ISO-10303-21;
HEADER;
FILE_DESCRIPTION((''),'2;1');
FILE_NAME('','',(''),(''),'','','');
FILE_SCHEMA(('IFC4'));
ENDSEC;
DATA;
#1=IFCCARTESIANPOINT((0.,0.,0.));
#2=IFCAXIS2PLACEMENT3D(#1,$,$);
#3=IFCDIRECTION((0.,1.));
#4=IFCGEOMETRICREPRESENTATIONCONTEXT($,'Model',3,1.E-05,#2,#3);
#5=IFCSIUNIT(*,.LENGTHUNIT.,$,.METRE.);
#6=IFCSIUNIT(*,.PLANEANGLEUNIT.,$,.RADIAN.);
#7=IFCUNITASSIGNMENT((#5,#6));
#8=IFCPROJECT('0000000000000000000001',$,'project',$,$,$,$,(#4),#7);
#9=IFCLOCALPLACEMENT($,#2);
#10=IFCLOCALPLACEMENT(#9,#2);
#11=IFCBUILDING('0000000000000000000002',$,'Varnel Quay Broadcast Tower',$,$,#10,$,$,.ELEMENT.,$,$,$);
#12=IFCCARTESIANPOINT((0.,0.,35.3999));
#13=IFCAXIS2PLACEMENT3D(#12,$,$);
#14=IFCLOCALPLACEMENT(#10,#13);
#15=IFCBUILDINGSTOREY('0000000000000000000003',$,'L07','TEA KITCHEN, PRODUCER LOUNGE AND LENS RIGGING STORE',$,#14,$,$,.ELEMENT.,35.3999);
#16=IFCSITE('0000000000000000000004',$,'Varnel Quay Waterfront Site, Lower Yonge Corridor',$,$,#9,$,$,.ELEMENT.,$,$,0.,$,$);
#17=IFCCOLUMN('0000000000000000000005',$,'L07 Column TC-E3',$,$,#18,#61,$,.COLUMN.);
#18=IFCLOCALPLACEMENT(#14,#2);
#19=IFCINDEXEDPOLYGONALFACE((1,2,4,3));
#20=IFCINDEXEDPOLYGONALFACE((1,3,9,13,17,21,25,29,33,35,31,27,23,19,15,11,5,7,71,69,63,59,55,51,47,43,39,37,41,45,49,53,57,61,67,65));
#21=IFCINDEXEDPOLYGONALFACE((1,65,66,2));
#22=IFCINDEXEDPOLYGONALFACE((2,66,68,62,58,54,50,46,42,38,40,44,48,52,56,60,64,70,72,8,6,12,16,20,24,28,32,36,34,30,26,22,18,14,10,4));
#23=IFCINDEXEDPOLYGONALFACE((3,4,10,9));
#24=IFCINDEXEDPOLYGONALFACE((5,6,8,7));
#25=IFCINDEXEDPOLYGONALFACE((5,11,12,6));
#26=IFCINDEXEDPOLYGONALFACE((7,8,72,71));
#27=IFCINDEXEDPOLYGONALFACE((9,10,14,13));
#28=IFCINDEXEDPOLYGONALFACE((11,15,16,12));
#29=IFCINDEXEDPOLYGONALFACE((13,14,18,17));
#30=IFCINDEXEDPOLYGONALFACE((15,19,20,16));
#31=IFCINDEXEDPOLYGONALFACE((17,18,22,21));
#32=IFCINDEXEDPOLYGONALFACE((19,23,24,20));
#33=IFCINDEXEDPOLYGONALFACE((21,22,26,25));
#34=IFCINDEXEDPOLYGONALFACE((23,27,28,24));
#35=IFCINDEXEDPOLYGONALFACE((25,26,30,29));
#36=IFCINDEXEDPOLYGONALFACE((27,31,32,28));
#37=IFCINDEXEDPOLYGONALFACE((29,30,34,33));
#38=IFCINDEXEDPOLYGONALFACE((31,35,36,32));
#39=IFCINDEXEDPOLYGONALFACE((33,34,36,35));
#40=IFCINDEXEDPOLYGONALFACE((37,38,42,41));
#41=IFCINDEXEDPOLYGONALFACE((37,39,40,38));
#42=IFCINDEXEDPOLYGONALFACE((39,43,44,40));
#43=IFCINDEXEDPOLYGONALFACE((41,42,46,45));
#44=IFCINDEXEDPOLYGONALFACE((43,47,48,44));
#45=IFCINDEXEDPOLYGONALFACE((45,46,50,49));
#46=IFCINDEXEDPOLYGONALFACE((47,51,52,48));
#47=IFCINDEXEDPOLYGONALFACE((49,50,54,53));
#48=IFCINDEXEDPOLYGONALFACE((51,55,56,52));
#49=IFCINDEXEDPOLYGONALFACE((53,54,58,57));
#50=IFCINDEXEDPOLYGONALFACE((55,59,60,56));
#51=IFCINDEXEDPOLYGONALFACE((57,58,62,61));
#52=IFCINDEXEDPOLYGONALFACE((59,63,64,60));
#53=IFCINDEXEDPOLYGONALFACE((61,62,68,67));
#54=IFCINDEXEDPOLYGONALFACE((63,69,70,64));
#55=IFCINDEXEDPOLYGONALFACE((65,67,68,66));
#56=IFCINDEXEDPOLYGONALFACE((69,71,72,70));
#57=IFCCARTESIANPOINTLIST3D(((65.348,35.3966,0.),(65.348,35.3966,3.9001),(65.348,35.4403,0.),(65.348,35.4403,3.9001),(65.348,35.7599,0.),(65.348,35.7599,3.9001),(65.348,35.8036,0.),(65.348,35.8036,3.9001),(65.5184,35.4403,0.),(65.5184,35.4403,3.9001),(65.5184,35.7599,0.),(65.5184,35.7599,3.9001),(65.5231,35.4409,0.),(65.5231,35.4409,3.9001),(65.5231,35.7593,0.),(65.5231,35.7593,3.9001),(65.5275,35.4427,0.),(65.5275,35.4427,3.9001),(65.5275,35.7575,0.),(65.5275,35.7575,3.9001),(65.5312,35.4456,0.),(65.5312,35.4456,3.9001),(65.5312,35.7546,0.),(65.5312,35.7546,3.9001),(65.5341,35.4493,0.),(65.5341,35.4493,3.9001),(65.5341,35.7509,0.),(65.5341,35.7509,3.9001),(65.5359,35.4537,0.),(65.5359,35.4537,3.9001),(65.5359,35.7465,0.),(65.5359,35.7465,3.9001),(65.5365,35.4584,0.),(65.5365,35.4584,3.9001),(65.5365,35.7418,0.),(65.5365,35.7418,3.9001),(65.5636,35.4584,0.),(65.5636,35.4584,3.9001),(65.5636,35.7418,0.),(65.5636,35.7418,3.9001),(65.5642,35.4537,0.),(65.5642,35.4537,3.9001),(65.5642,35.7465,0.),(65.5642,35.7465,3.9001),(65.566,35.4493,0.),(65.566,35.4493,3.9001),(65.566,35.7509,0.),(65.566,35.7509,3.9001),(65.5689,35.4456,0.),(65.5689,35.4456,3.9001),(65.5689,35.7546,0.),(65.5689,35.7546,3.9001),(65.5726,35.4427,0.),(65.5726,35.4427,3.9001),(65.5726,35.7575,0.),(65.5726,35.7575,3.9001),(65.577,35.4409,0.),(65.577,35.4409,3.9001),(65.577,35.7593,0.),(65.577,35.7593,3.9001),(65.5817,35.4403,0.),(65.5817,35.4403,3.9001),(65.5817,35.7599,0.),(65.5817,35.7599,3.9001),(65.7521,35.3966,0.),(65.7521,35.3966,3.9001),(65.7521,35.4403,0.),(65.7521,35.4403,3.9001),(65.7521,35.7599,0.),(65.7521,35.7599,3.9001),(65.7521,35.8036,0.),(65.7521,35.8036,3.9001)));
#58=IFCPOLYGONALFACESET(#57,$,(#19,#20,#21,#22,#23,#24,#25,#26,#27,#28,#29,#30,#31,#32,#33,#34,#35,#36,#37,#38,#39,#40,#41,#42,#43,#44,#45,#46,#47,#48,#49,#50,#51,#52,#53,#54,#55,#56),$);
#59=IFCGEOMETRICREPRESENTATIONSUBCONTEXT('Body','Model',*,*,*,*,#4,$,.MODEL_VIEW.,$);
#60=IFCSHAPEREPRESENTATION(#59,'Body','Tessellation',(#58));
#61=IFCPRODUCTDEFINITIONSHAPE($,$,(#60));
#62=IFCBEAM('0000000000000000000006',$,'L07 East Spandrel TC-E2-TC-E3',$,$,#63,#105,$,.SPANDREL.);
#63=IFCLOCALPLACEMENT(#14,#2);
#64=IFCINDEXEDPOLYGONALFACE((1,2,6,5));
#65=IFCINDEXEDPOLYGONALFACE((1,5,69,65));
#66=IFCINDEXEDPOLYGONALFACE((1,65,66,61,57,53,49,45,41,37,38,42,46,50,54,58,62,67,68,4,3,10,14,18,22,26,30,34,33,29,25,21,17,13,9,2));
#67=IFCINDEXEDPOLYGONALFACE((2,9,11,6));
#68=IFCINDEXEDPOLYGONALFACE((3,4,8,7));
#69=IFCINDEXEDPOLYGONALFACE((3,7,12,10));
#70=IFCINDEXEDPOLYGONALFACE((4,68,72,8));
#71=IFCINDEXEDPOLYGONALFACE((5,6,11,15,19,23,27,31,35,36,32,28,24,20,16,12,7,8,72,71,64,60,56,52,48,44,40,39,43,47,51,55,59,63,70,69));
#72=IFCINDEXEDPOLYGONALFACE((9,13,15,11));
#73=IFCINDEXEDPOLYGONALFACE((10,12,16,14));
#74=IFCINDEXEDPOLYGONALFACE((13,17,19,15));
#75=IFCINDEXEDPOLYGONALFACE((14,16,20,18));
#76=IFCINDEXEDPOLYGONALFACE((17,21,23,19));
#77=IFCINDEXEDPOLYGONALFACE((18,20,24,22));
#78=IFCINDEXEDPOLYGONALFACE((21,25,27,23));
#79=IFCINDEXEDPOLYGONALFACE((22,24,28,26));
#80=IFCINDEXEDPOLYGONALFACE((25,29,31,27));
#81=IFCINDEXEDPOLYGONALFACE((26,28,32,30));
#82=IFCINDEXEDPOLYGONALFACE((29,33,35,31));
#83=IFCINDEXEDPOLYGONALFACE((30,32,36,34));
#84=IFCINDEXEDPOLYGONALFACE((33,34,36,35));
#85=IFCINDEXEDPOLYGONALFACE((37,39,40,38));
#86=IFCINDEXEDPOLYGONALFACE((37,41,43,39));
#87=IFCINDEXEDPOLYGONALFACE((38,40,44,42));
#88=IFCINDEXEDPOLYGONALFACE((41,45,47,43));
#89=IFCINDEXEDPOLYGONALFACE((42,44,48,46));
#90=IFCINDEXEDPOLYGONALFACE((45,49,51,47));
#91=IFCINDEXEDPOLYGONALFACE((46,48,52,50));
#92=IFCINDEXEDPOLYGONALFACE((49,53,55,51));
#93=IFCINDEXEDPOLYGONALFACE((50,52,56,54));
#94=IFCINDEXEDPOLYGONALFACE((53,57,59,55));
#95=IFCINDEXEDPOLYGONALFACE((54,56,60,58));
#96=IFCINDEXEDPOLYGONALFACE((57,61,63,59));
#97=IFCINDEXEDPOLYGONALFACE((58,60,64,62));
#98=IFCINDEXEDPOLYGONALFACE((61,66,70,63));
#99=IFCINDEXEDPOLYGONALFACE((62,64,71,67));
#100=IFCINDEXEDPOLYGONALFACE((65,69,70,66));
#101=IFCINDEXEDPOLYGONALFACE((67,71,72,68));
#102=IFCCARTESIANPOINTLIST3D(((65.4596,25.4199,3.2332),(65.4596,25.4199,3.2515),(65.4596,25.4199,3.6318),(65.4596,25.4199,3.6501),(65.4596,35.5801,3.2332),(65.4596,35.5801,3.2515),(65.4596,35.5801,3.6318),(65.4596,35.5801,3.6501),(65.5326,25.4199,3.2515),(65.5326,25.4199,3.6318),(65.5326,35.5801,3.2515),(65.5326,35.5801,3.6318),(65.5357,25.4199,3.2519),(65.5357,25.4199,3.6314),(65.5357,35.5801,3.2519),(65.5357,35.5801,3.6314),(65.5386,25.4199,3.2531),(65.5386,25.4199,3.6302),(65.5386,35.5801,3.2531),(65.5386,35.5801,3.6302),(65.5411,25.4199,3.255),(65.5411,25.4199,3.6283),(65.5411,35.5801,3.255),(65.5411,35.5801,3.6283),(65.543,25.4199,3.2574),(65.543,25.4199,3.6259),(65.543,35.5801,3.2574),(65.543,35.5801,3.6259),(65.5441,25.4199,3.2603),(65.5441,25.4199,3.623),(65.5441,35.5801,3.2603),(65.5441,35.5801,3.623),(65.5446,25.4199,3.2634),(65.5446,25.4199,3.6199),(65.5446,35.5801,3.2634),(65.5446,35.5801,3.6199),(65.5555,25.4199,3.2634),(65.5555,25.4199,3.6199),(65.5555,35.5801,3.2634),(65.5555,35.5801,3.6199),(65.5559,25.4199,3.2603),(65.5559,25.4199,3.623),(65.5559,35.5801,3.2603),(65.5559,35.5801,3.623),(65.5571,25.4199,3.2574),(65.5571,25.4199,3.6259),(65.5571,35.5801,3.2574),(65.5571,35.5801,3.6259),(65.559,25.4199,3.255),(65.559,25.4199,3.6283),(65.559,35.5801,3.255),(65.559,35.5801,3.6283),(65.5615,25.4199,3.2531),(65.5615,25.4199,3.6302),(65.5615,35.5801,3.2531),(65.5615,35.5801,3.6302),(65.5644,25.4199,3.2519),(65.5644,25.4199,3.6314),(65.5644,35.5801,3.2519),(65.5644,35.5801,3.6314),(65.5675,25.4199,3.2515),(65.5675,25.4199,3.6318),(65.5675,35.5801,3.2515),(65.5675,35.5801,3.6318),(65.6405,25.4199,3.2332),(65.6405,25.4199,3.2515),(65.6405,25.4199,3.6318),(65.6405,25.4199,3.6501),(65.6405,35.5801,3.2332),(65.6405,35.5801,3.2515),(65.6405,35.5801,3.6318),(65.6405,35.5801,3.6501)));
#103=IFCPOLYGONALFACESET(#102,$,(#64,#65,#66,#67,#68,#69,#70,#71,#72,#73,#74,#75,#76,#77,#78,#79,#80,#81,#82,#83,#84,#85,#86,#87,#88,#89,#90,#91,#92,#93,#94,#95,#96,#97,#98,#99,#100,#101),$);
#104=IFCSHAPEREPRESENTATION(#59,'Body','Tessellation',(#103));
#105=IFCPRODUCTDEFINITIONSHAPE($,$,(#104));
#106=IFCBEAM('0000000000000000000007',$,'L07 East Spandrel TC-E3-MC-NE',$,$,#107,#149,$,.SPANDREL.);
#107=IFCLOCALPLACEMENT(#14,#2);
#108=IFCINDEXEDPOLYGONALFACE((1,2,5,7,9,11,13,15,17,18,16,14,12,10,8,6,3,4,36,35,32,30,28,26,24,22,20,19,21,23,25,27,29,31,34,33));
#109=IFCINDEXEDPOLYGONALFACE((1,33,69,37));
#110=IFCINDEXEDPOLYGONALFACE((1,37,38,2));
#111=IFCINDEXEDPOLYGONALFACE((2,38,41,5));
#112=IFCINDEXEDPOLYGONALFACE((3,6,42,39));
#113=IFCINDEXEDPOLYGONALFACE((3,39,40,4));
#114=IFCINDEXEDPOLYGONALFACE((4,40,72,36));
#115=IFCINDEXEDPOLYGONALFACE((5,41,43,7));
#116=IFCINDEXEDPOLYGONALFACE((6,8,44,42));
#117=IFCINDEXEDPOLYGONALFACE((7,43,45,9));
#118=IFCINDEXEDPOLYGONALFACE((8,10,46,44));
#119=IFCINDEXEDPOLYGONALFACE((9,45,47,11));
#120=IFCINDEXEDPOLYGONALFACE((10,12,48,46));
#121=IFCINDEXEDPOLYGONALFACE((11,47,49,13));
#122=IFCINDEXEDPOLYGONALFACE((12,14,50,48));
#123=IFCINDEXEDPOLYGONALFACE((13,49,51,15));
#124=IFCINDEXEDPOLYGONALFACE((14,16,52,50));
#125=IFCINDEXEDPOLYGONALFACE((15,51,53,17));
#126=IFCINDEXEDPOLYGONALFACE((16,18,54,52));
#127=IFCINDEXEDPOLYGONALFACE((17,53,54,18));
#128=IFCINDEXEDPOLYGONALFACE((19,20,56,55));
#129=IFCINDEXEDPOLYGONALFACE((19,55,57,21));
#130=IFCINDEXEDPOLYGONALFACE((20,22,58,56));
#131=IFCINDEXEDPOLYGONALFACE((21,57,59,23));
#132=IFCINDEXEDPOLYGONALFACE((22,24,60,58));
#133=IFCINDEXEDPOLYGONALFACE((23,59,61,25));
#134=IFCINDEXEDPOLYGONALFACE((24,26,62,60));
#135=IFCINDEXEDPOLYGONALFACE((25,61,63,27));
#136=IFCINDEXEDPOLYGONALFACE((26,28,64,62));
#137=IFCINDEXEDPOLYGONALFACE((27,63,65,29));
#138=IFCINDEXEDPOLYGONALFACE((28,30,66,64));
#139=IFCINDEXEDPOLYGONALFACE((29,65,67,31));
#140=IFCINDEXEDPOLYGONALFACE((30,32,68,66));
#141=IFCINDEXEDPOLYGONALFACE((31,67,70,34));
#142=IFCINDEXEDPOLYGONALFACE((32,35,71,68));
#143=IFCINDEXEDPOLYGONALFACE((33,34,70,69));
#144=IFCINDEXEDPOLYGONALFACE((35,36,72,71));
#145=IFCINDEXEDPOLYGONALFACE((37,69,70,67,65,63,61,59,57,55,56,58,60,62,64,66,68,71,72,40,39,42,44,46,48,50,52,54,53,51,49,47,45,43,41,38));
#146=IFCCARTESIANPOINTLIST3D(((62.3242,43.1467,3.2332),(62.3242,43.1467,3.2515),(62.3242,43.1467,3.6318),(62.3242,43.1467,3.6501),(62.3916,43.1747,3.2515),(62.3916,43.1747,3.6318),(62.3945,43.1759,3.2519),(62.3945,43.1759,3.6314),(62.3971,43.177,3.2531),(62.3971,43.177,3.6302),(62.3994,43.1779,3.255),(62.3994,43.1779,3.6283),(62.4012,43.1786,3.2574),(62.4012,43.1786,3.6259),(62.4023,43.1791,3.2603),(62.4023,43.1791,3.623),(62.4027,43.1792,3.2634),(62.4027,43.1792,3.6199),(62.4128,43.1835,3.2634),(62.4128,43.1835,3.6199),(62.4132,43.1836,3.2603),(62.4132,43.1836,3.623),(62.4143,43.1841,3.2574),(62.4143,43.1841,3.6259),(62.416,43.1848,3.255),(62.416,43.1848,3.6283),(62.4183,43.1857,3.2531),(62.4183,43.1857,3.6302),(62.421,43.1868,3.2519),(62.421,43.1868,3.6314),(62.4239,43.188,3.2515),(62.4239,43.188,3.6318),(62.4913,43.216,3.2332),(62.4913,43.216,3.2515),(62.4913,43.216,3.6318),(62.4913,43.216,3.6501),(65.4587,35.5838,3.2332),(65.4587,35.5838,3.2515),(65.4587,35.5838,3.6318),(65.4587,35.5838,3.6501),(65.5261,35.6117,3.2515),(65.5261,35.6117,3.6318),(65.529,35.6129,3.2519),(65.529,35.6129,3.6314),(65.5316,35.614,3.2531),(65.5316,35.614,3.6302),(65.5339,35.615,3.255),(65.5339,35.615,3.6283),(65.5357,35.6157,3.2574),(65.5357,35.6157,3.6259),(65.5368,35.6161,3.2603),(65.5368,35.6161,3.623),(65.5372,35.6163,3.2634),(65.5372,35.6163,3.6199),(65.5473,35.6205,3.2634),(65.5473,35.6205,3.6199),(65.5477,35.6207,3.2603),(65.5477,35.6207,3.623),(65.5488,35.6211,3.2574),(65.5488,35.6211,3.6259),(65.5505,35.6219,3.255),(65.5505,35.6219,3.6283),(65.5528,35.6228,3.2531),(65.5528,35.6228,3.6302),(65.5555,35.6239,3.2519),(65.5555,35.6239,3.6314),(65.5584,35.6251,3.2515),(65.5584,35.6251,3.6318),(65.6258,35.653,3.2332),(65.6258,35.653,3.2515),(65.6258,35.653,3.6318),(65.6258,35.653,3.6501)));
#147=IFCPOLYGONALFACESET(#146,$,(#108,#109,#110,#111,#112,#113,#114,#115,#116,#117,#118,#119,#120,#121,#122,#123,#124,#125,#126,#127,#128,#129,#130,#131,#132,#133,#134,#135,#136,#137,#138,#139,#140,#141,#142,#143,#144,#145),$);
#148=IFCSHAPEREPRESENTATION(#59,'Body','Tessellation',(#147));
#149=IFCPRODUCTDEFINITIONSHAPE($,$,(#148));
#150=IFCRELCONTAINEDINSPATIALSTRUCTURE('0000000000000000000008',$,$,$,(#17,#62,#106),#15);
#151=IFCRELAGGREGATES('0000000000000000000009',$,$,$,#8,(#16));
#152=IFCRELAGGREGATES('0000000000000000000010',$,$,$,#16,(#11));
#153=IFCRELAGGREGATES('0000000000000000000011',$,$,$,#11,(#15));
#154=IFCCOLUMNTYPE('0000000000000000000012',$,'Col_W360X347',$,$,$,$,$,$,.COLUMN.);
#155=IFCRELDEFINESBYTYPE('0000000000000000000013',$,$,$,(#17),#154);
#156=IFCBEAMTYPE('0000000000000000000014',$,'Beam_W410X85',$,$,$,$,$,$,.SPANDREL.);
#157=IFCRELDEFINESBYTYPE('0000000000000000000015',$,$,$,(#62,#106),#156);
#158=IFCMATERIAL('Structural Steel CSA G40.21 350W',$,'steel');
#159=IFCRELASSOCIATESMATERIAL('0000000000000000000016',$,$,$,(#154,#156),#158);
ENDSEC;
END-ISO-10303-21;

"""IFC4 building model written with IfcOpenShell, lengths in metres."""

from ifc_helpers import new_model, si_unit, direction, frame, origin, origin_2d, place, context, subcontext, project, spatial, i_section, extrude, source, transform, mapped, material, material_profile, profile_set, type_object, type_shapes, element, save


model = new_model("IFC4")

# Units and contexts
model_context = context("Model", 3, precision=1e-05, world=origin(), true_north=direction((0.0, 1.0)))
body_context = subcontext(model_context, "Body", "Model", "MODEL_VIEW")
ifc_project = project(units=[si_unit("LENGTHUNIT", "METRE"), si_unit("PLANEANGLEUNIT", "RADIAN")], contexts=[model_context])

# Site, building, storey
site_placement = place(None, origin())
site = spatial("IfcSite", under=ifc_project, at=site_placement, Name="Varnel Quay Waterfront Site, Lower Yonge Corridor", CompositionType="ELEMENT", RefElevation=0.0)
building_placement = place(site_placement, origin())
building = spatial("IfcBuilding", under=site, at=building_placement, Name="Varnel Quay Broadcast Tower", CompositionType="ELEMENT")
storey_placement = place(building_placement, frame((0.0, 0.0, 35.3999)))
storey = spatial("IfcBuildingStorey", under=building, at=storey_placement, Name="L07", Description="TEA KITCHEN, PRODUCER LOUNGE AND LENS RIGGING STORE", CompositionType="ELEMENT", Elevation=35.3999)

# Column
ifc_material_1 = material(Name="Structural Steel CSA G40.21 350W", Category="steel")
ifc_material_profile_1 = material_profile(ifc_material_1, i_section(OverallWidth=0.4041, OverallDepth=0.407, WebThickness=0.0271, FlangeThickness=0.0437, FilletRadius=0.0181, at=origin_2d()), Name="W360X347")
ifc_profile_set_1 = profile_set([ifc_material_profile_1], Name="Structural Steel CSA G40.21 350W")
column_type_1 = type_object("IfcColumnType", Name="Col_W360X347", PredefinedType="COLUMN", material=ifc_profile_set_1)
shared_shape_1 = source(origin(), body_context, "Body", "SweptSolid", [
    extrude(i_section(OverallWidth=0.4041, OverallDepth=0.407, WebThickness=0.0271, FlangeThickness=0.0437, FilletRadius=0.0181, at=origin_2d()), origin(), (0.0, 0.0, 1.0), 3.9001),
])
type_shapes(column_type_1, [shared_shape_1])
for number, where, z_axis, x_axis, name in (
    (1, (65.55, 35.6001, 0.0), (0.0, 0.0, 1.0), (1.0, 0.0, 0.0), "L07 Column TC-E3"),
):
    element("IfcColumn", number, at=place(storey_placement, frame(where, z_axis=z_axis, x_axis=x_axis)), inside=storey, type_object=column_type_1, Name=name, PredefinedType="COLUMN", context=body_context, shape_type="MappedRepresentation", body=[
        mapped(shared_shape_1, transform((0.0, 0.0, 0.0), x_axis=(1.0, 0.0, 0.0), y_axis=(0.0, 1.0, 0.0), z_axis=(0.0, 0.0, 1.0), scale=1.0)),
    ])

# Beams
ifc_material_profile_2 = material_profile(ifc_material_1, i_section(OverallWidth=0.1809, OverallDepth=0.417, WebThickness=0.011, FlangeThickness=0.0183, FilletRadius=0.012, at=origin_2d()), Name="W410X85")
ifc_profile_set_2 = profile_set([ifc_material_profile_2], Name="Structural Steel CSA G40.21 350W")
beam_type_1 = type_object("IfcBeamType", Name="Beam_W410X85", PredefinedType="SPANDREL", material=ifc_profile_set_2)
shared_shape_2 = source(origin(), body_context, "Body", "SweptSolid", [
    extrude(i_section(OverallWidth=0.1809, OverallDepth=0.417, WebThickness=0.011, FlangeThickness=0.0183, FilletRadius=0.012, at=origin_2d()), origin(), (0.0, 0.0, 1.0), 10.1602),
])
beam_1_placement = place(storey_placement, frame((65.55, 25.4199, 3.4417), z_axis=(0.0, 1.0, 0.0), x_axis=(-1.0, 0.0, 0.0)))
element("IfcBeam", 2, at=beam_1_placement, inside=storey, type_object=beam_type_1, Name="L07 East Spandrel TC-E2-TC-E3", PredefinedType="SPANDREL", context=body_context, shape_type="MappedRepresentation", body=[
    mapped(shared_shape_2, transform((0.0, 0.0, 0.0), x_axis=(1.0, 0.0, 0.0), y_axis=(0.0, 1.0, 0.0), z_axis=(0.0, 0.0, 1.0), scale=1.0)),
])
shared_shape_3 = source(origin(), body_context, "Body", "SweptSolid", [
    extrude(i_section(OverallWidth=0.1809, OverallDepth=0.417, WebThickness=0.011, FlangeThickness=0.0183, FilletRadius=0.012, at=origin_2d()), origin(), (0.0, 0.0, 1.0), 8.1868),
])
beam_2_placement = place(storey_placement, frame((65.5422, 35.6184, 3.4417), z_axis=(-0.382874, 0.923801, 0.0), x_axis=(-0.923801, -0.382874, 0.0)))
element("IfcBeam", 3, at=beam_2_placement, inside=storey, type_object=beam_type_1, Name="L07 East Spandrel TC-E3-MC-NE", PredefinedType="SPANDREL", context=body_context, shape_type="MappedRepresentation", body=[
    mapped(shared_shape_3, transform((0.0, 0.0, 0.0), x_axis=(1.0, 0.0, 0.0), y_axis=(0.0, 1.0, 0.0), z_axis=(0.0, 0.0, 1.0), scale=1.0)),
])

save(model, "model.ifc")
